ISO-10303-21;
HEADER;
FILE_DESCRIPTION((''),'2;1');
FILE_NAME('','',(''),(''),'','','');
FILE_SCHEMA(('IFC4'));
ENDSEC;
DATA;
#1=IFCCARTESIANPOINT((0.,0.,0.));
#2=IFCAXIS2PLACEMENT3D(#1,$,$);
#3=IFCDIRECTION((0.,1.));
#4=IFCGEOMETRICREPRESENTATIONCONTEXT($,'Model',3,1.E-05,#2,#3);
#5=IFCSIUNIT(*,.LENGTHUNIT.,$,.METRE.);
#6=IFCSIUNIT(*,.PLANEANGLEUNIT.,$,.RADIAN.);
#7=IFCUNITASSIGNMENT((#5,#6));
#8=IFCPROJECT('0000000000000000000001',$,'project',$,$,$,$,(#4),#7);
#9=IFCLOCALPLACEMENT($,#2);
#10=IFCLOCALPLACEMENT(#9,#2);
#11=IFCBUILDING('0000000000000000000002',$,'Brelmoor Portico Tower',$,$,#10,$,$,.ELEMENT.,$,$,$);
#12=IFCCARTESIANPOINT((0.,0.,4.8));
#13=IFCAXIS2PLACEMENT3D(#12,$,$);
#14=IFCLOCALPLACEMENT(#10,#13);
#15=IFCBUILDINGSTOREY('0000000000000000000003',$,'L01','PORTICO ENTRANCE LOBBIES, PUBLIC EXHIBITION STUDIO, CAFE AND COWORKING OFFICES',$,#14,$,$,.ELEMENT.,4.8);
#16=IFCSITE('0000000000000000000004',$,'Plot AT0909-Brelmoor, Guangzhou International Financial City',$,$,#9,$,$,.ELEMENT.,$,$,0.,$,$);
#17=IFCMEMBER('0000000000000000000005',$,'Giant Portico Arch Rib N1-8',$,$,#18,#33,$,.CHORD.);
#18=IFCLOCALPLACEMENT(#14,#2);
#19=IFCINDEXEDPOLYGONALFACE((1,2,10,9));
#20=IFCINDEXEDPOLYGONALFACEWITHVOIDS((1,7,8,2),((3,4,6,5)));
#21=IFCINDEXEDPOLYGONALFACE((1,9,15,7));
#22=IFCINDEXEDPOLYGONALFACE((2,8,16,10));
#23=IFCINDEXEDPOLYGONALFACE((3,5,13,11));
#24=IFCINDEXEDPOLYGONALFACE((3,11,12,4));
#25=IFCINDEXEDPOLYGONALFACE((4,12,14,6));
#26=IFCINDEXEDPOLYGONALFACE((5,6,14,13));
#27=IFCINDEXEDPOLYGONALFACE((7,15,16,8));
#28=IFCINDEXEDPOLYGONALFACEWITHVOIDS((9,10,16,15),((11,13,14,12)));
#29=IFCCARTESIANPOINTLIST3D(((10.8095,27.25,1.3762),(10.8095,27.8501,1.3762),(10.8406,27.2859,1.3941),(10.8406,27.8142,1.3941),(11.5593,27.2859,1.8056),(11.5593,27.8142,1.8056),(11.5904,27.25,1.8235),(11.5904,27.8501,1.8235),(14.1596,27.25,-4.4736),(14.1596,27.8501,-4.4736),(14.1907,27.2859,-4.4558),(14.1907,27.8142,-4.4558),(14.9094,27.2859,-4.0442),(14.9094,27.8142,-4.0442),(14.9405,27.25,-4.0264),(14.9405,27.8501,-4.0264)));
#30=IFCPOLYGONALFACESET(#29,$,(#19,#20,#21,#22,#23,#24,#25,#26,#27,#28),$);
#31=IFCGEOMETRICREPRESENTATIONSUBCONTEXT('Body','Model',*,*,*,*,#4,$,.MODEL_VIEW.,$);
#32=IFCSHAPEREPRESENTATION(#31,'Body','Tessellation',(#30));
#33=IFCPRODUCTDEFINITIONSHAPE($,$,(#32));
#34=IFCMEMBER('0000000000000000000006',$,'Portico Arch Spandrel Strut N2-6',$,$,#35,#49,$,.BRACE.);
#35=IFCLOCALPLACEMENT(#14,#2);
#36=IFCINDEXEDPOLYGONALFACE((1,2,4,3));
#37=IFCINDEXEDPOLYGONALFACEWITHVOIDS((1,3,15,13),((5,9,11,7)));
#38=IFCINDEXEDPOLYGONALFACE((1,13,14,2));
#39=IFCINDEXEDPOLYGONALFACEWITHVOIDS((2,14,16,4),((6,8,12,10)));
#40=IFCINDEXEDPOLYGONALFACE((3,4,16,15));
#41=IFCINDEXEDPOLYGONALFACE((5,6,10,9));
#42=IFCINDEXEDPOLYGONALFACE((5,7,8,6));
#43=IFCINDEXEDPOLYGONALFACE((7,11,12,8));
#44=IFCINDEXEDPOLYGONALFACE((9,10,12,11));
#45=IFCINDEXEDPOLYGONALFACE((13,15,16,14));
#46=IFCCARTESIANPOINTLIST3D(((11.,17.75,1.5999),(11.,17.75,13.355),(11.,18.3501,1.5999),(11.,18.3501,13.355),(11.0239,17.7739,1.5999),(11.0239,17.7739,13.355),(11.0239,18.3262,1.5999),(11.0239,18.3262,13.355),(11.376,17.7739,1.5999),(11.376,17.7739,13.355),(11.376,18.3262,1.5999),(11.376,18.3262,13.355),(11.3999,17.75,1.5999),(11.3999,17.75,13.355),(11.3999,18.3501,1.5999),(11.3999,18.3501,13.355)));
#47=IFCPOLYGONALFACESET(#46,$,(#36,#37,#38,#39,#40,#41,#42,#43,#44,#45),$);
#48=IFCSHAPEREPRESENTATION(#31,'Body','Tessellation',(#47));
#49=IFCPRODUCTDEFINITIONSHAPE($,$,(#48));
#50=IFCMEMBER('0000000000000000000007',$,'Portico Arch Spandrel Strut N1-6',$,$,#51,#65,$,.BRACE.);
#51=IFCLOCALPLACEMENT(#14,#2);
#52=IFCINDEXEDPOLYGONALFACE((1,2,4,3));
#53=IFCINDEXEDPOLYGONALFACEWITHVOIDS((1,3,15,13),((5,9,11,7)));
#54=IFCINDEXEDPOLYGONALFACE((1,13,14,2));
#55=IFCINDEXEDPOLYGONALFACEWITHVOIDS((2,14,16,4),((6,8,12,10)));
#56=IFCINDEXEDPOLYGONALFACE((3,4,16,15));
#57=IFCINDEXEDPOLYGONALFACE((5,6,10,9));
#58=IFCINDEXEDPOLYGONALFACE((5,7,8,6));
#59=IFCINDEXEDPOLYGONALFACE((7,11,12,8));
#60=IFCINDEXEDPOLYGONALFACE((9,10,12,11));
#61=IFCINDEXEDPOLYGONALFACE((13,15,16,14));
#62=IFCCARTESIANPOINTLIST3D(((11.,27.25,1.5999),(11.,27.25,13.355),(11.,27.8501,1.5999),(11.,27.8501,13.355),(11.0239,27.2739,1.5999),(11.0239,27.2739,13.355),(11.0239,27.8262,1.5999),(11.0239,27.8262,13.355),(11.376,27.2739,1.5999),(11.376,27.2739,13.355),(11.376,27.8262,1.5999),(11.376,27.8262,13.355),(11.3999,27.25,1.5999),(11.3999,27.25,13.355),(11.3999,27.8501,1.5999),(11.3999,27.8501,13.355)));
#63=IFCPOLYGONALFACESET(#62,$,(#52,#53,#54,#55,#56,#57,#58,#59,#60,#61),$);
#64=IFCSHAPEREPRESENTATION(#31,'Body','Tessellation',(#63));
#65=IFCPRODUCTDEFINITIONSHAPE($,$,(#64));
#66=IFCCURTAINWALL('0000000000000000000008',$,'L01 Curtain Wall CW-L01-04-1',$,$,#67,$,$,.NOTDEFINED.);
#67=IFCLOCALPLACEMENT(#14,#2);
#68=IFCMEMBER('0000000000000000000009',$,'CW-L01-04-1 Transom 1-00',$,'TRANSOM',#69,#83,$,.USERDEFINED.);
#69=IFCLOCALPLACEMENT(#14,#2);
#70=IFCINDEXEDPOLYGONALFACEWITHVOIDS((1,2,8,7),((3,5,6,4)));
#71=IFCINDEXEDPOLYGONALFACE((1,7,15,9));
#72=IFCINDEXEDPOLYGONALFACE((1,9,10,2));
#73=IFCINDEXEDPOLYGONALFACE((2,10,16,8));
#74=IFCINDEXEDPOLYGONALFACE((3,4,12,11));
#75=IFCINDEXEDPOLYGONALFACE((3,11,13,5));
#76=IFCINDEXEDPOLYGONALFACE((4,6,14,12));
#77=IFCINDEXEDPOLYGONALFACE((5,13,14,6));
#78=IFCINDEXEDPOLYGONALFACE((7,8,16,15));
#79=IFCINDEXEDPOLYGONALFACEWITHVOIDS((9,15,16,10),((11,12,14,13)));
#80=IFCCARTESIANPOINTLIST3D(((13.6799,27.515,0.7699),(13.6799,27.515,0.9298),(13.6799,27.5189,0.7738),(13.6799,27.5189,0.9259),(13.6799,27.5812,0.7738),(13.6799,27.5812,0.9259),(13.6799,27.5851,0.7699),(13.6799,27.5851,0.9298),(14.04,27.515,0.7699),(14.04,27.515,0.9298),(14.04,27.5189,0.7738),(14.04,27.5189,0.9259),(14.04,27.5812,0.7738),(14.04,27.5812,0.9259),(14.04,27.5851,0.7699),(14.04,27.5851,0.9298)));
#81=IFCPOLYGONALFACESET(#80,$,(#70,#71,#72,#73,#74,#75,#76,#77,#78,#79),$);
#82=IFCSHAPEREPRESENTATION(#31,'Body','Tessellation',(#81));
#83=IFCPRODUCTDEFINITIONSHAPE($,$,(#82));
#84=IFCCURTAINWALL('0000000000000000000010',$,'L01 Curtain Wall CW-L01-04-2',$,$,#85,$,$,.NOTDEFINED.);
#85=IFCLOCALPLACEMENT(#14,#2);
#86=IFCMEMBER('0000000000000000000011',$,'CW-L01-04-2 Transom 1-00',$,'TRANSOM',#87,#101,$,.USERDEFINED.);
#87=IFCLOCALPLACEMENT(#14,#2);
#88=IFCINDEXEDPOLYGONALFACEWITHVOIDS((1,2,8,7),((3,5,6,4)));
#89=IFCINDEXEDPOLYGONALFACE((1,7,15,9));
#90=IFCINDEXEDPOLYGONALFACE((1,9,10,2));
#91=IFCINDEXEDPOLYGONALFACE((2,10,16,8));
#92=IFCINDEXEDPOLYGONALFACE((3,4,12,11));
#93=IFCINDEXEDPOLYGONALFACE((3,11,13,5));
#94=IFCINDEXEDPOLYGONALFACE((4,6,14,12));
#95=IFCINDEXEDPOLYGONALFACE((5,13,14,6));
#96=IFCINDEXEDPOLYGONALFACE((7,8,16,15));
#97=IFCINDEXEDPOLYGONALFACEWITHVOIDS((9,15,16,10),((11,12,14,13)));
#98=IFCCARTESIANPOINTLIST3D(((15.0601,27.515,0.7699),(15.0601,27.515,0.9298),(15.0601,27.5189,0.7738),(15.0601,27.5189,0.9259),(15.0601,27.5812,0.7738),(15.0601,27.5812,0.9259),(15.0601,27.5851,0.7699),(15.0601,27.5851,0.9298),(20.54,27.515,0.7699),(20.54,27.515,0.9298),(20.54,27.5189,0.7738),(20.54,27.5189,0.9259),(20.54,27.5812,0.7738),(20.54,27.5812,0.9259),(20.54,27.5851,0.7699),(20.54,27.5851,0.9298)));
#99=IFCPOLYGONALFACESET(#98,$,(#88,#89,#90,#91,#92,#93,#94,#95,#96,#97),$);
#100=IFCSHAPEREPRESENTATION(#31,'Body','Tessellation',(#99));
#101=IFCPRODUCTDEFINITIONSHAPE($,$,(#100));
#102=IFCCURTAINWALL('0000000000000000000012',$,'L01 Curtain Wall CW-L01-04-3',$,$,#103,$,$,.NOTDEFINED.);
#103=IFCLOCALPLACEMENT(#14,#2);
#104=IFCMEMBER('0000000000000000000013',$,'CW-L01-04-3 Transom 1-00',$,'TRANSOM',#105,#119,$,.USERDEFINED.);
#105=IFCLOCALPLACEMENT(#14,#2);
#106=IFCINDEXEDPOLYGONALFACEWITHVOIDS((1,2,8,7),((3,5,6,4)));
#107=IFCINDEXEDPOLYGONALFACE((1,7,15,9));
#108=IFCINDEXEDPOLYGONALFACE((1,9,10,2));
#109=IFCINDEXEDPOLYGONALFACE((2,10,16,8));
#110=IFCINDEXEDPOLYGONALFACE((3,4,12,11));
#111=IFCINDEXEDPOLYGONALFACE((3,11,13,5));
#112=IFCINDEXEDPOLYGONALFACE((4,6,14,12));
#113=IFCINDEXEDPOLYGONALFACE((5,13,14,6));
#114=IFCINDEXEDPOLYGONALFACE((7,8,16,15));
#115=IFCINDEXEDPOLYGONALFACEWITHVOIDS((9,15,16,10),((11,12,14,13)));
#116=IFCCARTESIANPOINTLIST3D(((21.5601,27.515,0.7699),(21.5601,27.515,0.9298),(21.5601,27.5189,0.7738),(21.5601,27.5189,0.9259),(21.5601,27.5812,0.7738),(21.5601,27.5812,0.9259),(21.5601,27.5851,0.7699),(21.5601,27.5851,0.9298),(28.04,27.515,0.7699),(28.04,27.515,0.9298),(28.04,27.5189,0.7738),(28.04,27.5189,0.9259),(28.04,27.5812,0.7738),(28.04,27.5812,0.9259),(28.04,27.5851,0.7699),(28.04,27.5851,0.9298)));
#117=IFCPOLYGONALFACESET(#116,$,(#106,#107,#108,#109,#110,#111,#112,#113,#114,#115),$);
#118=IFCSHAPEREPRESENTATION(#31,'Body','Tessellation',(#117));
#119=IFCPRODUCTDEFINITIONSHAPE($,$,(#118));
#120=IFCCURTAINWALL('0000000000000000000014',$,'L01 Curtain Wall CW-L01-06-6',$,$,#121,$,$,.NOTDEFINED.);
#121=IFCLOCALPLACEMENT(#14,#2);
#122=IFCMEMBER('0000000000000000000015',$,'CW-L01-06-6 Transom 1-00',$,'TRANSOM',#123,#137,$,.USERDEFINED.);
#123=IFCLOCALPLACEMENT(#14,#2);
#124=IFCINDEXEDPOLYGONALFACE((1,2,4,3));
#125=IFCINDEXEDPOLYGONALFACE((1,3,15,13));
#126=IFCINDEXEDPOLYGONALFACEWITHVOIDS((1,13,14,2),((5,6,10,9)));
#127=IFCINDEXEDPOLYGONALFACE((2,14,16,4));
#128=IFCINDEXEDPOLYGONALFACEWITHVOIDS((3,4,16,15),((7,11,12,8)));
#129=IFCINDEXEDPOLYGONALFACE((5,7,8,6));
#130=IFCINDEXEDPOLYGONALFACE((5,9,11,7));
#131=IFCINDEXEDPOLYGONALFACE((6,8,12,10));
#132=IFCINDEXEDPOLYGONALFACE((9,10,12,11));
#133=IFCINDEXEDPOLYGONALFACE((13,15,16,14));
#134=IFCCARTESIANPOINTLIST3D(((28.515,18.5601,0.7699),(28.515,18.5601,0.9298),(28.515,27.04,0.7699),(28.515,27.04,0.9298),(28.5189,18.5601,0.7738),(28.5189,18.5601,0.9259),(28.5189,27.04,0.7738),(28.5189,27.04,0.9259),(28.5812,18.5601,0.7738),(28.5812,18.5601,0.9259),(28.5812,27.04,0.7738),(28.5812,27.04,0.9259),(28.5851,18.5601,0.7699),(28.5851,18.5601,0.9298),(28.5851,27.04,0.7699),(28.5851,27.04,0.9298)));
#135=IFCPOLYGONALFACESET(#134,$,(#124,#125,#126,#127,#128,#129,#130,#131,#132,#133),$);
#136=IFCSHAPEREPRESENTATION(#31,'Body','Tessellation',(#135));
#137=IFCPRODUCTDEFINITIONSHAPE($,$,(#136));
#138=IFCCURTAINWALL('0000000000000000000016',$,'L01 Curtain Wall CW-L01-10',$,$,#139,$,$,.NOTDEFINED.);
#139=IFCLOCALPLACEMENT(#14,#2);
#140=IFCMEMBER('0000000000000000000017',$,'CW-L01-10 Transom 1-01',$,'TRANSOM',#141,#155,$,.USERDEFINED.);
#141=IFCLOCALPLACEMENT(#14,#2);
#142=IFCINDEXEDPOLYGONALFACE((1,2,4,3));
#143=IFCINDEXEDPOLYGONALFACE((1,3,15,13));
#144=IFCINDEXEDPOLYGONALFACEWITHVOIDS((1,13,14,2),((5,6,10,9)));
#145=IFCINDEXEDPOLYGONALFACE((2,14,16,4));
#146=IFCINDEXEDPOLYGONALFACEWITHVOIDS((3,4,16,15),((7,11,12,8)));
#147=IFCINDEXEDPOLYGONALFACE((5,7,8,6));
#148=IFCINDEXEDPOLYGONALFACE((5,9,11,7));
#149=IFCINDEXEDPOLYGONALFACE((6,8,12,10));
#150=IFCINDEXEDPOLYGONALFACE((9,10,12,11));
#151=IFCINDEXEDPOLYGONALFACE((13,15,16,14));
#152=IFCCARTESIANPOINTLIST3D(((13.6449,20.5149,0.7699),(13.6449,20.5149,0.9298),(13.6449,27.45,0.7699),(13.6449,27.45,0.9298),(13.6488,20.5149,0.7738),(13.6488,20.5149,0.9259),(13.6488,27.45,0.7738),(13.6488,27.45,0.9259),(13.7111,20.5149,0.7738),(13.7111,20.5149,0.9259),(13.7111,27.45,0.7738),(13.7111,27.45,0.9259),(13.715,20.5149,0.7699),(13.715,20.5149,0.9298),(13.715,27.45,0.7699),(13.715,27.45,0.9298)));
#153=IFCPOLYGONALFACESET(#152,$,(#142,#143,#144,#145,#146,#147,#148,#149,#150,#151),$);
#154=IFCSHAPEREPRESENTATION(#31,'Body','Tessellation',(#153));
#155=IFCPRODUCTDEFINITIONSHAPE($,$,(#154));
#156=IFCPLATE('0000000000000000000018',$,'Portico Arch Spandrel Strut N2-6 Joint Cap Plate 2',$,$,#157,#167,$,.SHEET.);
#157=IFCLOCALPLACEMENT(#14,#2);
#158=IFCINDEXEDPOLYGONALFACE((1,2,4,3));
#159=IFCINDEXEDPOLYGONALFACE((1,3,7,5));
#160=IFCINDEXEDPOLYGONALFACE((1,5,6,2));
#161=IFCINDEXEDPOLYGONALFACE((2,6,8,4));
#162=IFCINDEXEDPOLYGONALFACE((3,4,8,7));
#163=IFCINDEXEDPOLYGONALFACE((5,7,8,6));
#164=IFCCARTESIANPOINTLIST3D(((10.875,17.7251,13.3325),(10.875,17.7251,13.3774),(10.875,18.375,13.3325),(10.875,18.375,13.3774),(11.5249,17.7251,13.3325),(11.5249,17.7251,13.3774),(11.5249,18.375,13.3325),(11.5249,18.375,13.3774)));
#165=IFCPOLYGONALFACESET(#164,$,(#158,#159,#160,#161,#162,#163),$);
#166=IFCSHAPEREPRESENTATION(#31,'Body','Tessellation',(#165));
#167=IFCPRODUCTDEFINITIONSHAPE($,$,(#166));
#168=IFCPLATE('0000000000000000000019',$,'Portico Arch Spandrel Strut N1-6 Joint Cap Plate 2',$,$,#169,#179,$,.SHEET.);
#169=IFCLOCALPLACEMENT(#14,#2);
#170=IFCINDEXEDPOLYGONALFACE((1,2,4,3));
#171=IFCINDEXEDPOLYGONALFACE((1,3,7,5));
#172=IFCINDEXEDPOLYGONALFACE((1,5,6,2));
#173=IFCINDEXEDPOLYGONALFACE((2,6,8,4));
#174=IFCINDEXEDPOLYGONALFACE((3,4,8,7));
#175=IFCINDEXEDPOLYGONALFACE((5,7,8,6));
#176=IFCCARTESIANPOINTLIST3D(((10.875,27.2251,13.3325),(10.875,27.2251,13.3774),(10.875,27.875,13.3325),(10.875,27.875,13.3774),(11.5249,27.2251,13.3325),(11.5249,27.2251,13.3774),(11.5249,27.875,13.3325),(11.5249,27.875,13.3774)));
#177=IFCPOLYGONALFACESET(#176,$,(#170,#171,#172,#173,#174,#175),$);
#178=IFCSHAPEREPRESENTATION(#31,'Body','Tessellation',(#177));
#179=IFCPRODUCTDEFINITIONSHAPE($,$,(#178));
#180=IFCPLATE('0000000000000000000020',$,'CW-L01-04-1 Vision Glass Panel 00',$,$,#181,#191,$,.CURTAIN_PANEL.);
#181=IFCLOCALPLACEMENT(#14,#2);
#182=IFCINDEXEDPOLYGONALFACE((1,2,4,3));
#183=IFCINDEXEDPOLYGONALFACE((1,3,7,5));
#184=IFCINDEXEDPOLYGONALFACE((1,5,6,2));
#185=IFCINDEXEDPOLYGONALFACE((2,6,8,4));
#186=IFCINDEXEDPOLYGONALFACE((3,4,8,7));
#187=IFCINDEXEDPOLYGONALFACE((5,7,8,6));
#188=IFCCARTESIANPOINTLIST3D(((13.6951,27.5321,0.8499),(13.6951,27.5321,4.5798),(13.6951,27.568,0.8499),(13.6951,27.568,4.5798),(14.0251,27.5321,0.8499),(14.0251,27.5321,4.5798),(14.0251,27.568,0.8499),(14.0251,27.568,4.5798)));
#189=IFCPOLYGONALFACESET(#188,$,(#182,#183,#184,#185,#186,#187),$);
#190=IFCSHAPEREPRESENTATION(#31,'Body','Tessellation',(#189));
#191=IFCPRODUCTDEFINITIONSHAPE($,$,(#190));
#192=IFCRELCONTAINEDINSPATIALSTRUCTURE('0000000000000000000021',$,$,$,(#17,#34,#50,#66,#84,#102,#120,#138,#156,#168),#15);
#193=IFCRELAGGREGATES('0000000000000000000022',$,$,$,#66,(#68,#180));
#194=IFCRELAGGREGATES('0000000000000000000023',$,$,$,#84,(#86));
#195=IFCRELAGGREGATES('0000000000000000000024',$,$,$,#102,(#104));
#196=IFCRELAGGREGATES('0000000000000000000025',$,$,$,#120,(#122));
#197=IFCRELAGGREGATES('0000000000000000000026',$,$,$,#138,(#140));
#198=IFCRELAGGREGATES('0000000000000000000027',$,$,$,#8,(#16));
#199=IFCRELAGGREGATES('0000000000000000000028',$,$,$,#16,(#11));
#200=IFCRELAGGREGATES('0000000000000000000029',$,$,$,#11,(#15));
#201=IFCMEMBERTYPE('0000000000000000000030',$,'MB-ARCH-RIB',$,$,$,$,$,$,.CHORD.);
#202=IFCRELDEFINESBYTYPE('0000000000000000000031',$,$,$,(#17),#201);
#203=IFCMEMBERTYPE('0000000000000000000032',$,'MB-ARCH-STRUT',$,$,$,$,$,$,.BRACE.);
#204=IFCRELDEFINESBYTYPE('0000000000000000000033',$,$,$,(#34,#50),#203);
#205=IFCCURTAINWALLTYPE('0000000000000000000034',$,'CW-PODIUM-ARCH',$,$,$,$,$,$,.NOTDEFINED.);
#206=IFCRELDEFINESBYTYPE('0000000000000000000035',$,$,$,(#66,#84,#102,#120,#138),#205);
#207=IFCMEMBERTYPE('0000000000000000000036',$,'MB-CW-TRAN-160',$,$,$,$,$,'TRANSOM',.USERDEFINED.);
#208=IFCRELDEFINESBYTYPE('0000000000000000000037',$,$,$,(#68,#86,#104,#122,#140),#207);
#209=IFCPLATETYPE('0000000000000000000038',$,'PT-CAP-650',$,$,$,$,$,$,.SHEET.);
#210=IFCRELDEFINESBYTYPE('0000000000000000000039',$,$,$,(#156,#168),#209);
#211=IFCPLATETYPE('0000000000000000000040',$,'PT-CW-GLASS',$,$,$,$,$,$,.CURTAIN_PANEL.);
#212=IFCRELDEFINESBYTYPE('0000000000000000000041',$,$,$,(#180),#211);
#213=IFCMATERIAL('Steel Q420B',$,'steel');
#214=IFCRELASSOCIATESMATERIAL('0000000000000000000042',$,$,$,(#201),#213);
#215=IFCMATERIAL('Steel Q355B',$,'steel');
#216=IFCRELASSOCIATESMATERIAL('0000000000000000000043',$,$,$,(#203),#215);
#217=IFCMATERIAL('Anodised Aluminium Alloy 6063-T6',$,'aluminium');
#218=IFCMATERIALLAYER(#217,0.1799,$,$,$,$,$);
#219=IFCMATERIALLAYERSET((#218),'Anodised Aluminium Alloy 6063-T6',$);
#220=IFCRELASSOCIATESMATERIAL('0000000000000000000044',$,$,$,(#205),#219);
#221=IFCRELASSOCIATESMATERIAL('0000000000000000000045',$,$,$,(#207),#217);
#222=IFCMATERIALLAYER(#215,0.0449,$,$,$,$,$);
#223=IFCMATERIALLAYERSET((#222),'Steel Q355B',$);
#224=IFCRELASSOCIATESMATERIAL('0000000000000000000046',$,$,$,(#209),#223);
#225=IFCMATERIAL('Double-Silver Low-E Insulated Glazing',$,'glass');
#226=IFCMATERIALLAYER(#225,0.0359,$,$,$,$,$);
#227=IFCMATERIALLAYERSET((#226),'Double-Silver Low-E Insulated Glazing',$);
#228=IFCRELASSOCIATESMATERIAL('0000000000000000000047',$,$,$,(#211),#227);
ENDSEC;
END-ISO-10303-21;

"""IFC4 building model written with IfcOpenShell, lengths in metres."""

from ifc_helpers import new_model, si_unit, direction, frame, origin, origin_2d, place, context, subcontext, project, spatial, rectangle, hollow_rectangle, extrude, material, layer, layer_set, material_profile, profile_set, type_object, element, aggregate, save


model = new_model("IFC4")

# Units and contexts
model_context = context("Model", 3, precision=1e-05, world=origin(), true_north=direction((0.0, 1.0)))
body_context = subcontext(model_context, "Body", "Model", "MODEL_VIEW")
ifc_project = project(units=[si_unit("LENGTHUNIT", "METRE"), si_unit("PLANEANGLEUNIT", "RADIAN")], contexts=[model_context])

# Site, building, storey
site_placement = place(None, origin())
site = spatial("IfcSite", under=ifc_project, at=site_placement, Name="Plot AT0909-Brelmoor, Guangzhou International Financial City", CompositionType="ELEMENT", RefElevation=0.0)
building_placement = place(site_placement, origin())
building = spatial("IfcBuilding", under=site, at=building_placement, Name="Brelmoor Portico Tower", CompositionType="ELEMENT")
storey_placement = place(building_placement, frame((0.0, 0.0, 4.8)))
storey = spatial("IfcBuildingStorey", under=building, at=storey_placement, Name="L01", Description="PORTICO ENTRANCE LOBBIES, PUBLIC EXHIBITION STUDIO, CAFE AND COWORKING OFFICES", CompositionType="ELEMENT", Elevation=4.8)

# Shared definitions
ifc_material_1 = material(Name="Steel Q355B", Category="steel")

# Members
ifc_material_2 = material(Name="Steel Q420B", Category="steel")
ifc_material_profile_1 = material_profile(ifc_material_2, hollow_rectangle(XDim=0.6001, YDim=0.8999, WallThickness=0.0359, at=origin_2d()), Name="RHS 600x900x36")
ifc_profile_set_1 = profile_set([ifc_material_profile_1], Name="Steel Q420B")
member_type_1 = type_object("IfcMemberType", Name="MB-ARCH-RIB", PredefinedType="CHORD", material=ifc_profile_set_1)
for number, where, z_axis, x_axis, name in (
    (1, (11.2, 27.55, 1.5999), (0.496958, 0.0, -0.867775), (0.0, 1.0, 0.0), "Giant Portico Arch Rib N1-8"),
):
    element("IfcMember", number, at=place(storey_placement, frame(where, z_axis=z_axis, x_axis=x_axis)), inside=storey, type_object=member_type_1, Name=name, PredefinedType="CHORD", context=body_context, shape_type="SweptSolid", body=[
        extrude(hollow_rectangle(XDim=0.6001, YDim=0.8999, WallThickness=0.0359, at=origin_2d()), origin(), (0.0, 0.0, 1.0), 6.7412),
    ])
ifc_material_profile_2 = material_profile(ifc_material_1, hollow_rectangle(XDim=0.3999, YDim=0.6001, WallThickness=0.0239, at=origin_2d()), Name="RHS 400x600x24")
ifc_profile_set_2 = profile_set([ifc_material_profile_2], Name="Steel Q355B")
member_type_2 = type_object("IfcMemberType", Name="MB-ARCH-STRUT", PredefinedType="BRACE", material=ifc_profile_set_2)
for number, where, z_axis, x_axis, name in (
    (2, (11.2, 18.05, 1.5999), (0.0, 0.0, 1.0), (1.0, 0.0, 0.0), "Portico Arch Spandrel Strut N2-6"),
    (3, (11.2, 27.55, 1.5999), (0.0, 0.0, 1.0), (1.0, 0.0, 0.0), "Portico Arch Spandrel Strut N1-6"),
):
    element("IfcMember", number, at=place(storey_placement, frame(where, z_axis=z_axis, x_axis=x_axis)), inside=storey, type_object=member_type_2, Name=name, PredefinedType="BRACE", context=body_context, shape_type="SweptSolid", body=[
        extrude(hollow_rectangle(XDim=0.3999, YDim=0.6001, WallThickness=0.0239, at=origin_2d()), origin(), (0.0, 0.0, 1.0), 11.7551),
    ])

# Curtain walls, members
ifc_material_3 = material(Name="Anodised Aluminium Alloy 6063-T6", Category="aluminium")
ifc_layer_1 = layer(ifc_material_3, 0.1799)
ifc_layer_set_1 = layer_set([ifc_layer_1], Name="Anodised Aluminium Alloy 6063-T6")
curtain_wall_type = type_object("IfcCurtainWallType", Name="CW-PODIUM-ARCH", PredefinedType="NOTDEFINED", material=ifc_layer_set_1)
curtain_wall_1_placement = place(storey_placement, origin())
curtain_wall_1 = element("IfcCurtainWall", 4, at=curtain_wall_1_placement, inside=storey, type_object=curtain_wall_type, Name="L01 Curtain Wall CW-L01-04-1", PredefinedType="NOTDEFINED")
ifc_material_profile_3 = material_profile(ifc_material_3, hollow_rectangle(XDim=0.0701, YDim=0.1599, WallThickness=0.0039, at=origin_2d()), Name="ALU TRANSOM 70x160")
ifc_profile_set_3 = profile_set([ifc_material_profile_3], Name="Anodised Aluminium Alloy 6063-T6")
member_type_3 = type_object("IfcMemberType", Name="MB-CW-TRAN-160", ElementType="TRANSOM", PredefinedType="USERDEFINED", material=ifc_profile_set_3)
member_1_placement = place(storey_placement, frame((13.6799, 27.55, 0.8499), z_axis=(1.0, 0.0, 0.0), x_axis=(0.0, 1.0, 0.0)))
member_1 = element("IfcMember", 5, at=member_1_placement, type_object=member_type_3, Name="CW-L01-04-1 Transom 1-00", ObjectType="TRANSOM", PredefinedType="USERDEFINED", context=body_context, shape_type="SweptSolid", body=[
    extrude(hollow_rectangle(XDim=0.0701, YDim=0.1599, WallThickness=0.0039, at=origin_2d()), origin(), (0.0, 0.0, 1.0), 0.3601),
])
curtain_wall_2_placement = place(storey_placement, origin())
curtain_wall_2 = element("IfcCurtainWall", 6, at=curtain_wall_2_placement, inside=storey, type_object=curtain_wall_type, Name="L01 Curtain Wall CW-L01-04-2", PredefinedType="NOTDEFINED")
member_2_placement = place(storey_placement, frame((15.0601, 27.55, 0.8499), z_axis=(1.0, 0.0, 0.0), x_axis=(0.0, 1.0, 0.0)))
member_2 = element("IfcMember", 7, at=member_2_placement, type_object=member_type_3, Name="CW-L01-04-2 Transom 1-00", ObjectType="TRANSOM", PredefinedType="USERDEFINED", context=body_context, shape_type="SweptSolid", body=[
    extrude(hollow_rectangle(XDim=0.0701, YDim=0.1599, WallThickness=0.0039, at=origin_2d()), origin(), (0.0, 0.0, 1.0), 5.48),
])
curtain_wall_3_placement = place(storey_placement, origin())
curtain_wall_3 = element("IfcCurtainWall", 8, at=curtain_wall_3_placement, inside=storey, type_object=curtain_wall_type, Name="L01 Curtain Wall CW-L01-04-3", PredefinedType="NOTDEFINED")
member_3_placement = place(storey_placement, frame((21.5601, 27.55, 0.8499), z_axis=(1.0, 0.0, 0.0), x_axis=(0.0, 1.0, 0.0)))
member_3 = element("IfcMember", 9, at=member_3_placement, type_object=member_type_3, Name="CW-L01-04-3 Transom 1-00", ObjectType="TRANSOM", PredefinedType="USERDEFINED", context=body_context, shape_type="SweptSolid", body=[
    extrude(hollow_rectangle(XDim=0.0701, YDim=0.1599, WallThickness=0.0039, at=origin_2d()), origin(), (0.0, 0.0, 1.0), 6.48),
])
curtain_wall_4_placement = place(storey_placement, origin())
curtain_wall_4 = element("IfcCurtainWall", 10, at=curtain_wall_4_placement, inside=storey, type_object=curtain_wall_type, Name="L01 Curtain Wall CW-L01-06-6", PredefinedType="NOTDEFINED")
member_4_placement = place(storey_placement, frame((28.55, 18.5601, 0.8499), z_axis=(0.0, 1.0, 0.0), x_axis=(-1.0, 0.0, 0.0)))
member_4 = element("IfcMember", 11, at=member_4_placement, type_object=member_type_3, Name="CW-L01-06-6 Transom 1-00", ObjectType="TRANSOM", PredefinedType="USERDEFINED", context=body_context, shape_type="SweptSolid", body=[
    extrude(hollow_rectangle(XDim=0.0701, YDim=0.1599, WallThickness=0.0039, at=origin_2d()), origin(), (0.0, 0.0, 1.0), 8.48),
])
curtain_wall_5_placement = place(storey_placement, origin())
curtain_wall_5 = element("IfcCurtainWall", 12, at=curtain_wall_5_placement, inside=storey, type_object=curtain_wall_type, Name="L01 Curtain Wall CW-L01-10", PredefinedType="NOTDEFINED")
member_5_placement = place(storey_placement, frame((13.6799, 20.5149, 0.8499), z_axis=(0.0, 1.0, 0.0), x_axis=(-1.0, 0.0, 0.0)))
member_5 = element("IfcMember", 13, at=member_5_placement, type_object=member_type_3, Name="CW-L01-10 Transom 1-01", ObjectType="TRANSOM", PredefinedType="USERDEFINED", context=body_context, shape_type="SweptSolid", body=[
    extrude(hollow_rectangle(XDim=0.0701, YDim=0.1599, WallThickness=0.0039, at=origin_2d()), origin(), (0.0, 0.0, 1.0), 6.9351),
])

# Plates
ifc_layer_2 = layer(ifc_material_1, 0.0449)
ifc_layer_set_2 = layer_set([ifc_layer_2], Name="Steel Q355B")
plate_type_1 = type_object("IfcPlateType", Name="PT-CAP-650", PredefinedType="SHEET", material=ifc_layer_set_2)
for number, where, z_axis, x_axis, name in (
    (14, (11.2, 18.05, 13.3325), (0.0, 0.0, 1.0), (1.0, 0.0, 0.0), "Portico Arch Spandrel Strut N2-6 Joint Cap Plate 2"),
    (15, (11.2, 27.55, 13.3325), (0.0, 0.0, 1.0), (1.0, 0.0, 0.0), "Portico Arch Spandrel Strut N1-6 Joint Cap Plate 2"),
):
    element("IfcPlate", number, at=place(storey_placement, frame(where, z_axis=z_axis, x_axis=x_axis)), inside=storey, type_object=plate_type_1, Name=name, PredefinedType="SHEET", context=body_context, shape_type="SweptSolid", body=[
        extrude(rectangle(XDim=0.6499, YDim=0.6499, at=origin_2d()), origin(), (0.0, 0.0, 1.0), 0.0449),
    ])

# Plate
ifc_material_4 = material(Name="Double-Silver Low-E Insulated Glazing", Category="glass")
ifc_layer_3 = layer(ifc_material_4, 0.0359)
ifc_layer_set_3 = layer_set([ifc_layer_3], Name="Double-Silver Low-E Insulated Glazing")
plate_type_2 = type_object("IfcPlateType", Name="PT-CW-GLASS", PredefinedType="CURTAIN_PANEL", material=ifc_layer_set_3)
plate_1_placement = place(storey_placement, frame((13.8601, 27.55, 0.8499), z_axis=(0.0, 0.0, 1.0), x_axis=(1.0, 0.0, 0.0)))
plate_1 = element("IfcPlate", 16, at=plate_1_placement, type_object=plate_type_2, Name="CW-L01-04-1 Vision Glass Panel 00", PredefinedType="CURTAIN_PANEL", context=body_context, shape_type="SweptSolid", body=[
    extrude(rectangle(XDim=0.3301, YDim=0.0359, at=origin_2d()), origin(), (0.0, 0.0, 1.0), 3.73),
])
aggregate(curtain_wall_1, [member_1, plate_1])
aggregate(curtain_wall_2, [member_2])
aggregate(curtain_wall_3, [member_3])
aggregate(curtain_wall_4, [member_4])
aggregate(curtain_wall_5, [member_5])

save(model, "model.ifc")
